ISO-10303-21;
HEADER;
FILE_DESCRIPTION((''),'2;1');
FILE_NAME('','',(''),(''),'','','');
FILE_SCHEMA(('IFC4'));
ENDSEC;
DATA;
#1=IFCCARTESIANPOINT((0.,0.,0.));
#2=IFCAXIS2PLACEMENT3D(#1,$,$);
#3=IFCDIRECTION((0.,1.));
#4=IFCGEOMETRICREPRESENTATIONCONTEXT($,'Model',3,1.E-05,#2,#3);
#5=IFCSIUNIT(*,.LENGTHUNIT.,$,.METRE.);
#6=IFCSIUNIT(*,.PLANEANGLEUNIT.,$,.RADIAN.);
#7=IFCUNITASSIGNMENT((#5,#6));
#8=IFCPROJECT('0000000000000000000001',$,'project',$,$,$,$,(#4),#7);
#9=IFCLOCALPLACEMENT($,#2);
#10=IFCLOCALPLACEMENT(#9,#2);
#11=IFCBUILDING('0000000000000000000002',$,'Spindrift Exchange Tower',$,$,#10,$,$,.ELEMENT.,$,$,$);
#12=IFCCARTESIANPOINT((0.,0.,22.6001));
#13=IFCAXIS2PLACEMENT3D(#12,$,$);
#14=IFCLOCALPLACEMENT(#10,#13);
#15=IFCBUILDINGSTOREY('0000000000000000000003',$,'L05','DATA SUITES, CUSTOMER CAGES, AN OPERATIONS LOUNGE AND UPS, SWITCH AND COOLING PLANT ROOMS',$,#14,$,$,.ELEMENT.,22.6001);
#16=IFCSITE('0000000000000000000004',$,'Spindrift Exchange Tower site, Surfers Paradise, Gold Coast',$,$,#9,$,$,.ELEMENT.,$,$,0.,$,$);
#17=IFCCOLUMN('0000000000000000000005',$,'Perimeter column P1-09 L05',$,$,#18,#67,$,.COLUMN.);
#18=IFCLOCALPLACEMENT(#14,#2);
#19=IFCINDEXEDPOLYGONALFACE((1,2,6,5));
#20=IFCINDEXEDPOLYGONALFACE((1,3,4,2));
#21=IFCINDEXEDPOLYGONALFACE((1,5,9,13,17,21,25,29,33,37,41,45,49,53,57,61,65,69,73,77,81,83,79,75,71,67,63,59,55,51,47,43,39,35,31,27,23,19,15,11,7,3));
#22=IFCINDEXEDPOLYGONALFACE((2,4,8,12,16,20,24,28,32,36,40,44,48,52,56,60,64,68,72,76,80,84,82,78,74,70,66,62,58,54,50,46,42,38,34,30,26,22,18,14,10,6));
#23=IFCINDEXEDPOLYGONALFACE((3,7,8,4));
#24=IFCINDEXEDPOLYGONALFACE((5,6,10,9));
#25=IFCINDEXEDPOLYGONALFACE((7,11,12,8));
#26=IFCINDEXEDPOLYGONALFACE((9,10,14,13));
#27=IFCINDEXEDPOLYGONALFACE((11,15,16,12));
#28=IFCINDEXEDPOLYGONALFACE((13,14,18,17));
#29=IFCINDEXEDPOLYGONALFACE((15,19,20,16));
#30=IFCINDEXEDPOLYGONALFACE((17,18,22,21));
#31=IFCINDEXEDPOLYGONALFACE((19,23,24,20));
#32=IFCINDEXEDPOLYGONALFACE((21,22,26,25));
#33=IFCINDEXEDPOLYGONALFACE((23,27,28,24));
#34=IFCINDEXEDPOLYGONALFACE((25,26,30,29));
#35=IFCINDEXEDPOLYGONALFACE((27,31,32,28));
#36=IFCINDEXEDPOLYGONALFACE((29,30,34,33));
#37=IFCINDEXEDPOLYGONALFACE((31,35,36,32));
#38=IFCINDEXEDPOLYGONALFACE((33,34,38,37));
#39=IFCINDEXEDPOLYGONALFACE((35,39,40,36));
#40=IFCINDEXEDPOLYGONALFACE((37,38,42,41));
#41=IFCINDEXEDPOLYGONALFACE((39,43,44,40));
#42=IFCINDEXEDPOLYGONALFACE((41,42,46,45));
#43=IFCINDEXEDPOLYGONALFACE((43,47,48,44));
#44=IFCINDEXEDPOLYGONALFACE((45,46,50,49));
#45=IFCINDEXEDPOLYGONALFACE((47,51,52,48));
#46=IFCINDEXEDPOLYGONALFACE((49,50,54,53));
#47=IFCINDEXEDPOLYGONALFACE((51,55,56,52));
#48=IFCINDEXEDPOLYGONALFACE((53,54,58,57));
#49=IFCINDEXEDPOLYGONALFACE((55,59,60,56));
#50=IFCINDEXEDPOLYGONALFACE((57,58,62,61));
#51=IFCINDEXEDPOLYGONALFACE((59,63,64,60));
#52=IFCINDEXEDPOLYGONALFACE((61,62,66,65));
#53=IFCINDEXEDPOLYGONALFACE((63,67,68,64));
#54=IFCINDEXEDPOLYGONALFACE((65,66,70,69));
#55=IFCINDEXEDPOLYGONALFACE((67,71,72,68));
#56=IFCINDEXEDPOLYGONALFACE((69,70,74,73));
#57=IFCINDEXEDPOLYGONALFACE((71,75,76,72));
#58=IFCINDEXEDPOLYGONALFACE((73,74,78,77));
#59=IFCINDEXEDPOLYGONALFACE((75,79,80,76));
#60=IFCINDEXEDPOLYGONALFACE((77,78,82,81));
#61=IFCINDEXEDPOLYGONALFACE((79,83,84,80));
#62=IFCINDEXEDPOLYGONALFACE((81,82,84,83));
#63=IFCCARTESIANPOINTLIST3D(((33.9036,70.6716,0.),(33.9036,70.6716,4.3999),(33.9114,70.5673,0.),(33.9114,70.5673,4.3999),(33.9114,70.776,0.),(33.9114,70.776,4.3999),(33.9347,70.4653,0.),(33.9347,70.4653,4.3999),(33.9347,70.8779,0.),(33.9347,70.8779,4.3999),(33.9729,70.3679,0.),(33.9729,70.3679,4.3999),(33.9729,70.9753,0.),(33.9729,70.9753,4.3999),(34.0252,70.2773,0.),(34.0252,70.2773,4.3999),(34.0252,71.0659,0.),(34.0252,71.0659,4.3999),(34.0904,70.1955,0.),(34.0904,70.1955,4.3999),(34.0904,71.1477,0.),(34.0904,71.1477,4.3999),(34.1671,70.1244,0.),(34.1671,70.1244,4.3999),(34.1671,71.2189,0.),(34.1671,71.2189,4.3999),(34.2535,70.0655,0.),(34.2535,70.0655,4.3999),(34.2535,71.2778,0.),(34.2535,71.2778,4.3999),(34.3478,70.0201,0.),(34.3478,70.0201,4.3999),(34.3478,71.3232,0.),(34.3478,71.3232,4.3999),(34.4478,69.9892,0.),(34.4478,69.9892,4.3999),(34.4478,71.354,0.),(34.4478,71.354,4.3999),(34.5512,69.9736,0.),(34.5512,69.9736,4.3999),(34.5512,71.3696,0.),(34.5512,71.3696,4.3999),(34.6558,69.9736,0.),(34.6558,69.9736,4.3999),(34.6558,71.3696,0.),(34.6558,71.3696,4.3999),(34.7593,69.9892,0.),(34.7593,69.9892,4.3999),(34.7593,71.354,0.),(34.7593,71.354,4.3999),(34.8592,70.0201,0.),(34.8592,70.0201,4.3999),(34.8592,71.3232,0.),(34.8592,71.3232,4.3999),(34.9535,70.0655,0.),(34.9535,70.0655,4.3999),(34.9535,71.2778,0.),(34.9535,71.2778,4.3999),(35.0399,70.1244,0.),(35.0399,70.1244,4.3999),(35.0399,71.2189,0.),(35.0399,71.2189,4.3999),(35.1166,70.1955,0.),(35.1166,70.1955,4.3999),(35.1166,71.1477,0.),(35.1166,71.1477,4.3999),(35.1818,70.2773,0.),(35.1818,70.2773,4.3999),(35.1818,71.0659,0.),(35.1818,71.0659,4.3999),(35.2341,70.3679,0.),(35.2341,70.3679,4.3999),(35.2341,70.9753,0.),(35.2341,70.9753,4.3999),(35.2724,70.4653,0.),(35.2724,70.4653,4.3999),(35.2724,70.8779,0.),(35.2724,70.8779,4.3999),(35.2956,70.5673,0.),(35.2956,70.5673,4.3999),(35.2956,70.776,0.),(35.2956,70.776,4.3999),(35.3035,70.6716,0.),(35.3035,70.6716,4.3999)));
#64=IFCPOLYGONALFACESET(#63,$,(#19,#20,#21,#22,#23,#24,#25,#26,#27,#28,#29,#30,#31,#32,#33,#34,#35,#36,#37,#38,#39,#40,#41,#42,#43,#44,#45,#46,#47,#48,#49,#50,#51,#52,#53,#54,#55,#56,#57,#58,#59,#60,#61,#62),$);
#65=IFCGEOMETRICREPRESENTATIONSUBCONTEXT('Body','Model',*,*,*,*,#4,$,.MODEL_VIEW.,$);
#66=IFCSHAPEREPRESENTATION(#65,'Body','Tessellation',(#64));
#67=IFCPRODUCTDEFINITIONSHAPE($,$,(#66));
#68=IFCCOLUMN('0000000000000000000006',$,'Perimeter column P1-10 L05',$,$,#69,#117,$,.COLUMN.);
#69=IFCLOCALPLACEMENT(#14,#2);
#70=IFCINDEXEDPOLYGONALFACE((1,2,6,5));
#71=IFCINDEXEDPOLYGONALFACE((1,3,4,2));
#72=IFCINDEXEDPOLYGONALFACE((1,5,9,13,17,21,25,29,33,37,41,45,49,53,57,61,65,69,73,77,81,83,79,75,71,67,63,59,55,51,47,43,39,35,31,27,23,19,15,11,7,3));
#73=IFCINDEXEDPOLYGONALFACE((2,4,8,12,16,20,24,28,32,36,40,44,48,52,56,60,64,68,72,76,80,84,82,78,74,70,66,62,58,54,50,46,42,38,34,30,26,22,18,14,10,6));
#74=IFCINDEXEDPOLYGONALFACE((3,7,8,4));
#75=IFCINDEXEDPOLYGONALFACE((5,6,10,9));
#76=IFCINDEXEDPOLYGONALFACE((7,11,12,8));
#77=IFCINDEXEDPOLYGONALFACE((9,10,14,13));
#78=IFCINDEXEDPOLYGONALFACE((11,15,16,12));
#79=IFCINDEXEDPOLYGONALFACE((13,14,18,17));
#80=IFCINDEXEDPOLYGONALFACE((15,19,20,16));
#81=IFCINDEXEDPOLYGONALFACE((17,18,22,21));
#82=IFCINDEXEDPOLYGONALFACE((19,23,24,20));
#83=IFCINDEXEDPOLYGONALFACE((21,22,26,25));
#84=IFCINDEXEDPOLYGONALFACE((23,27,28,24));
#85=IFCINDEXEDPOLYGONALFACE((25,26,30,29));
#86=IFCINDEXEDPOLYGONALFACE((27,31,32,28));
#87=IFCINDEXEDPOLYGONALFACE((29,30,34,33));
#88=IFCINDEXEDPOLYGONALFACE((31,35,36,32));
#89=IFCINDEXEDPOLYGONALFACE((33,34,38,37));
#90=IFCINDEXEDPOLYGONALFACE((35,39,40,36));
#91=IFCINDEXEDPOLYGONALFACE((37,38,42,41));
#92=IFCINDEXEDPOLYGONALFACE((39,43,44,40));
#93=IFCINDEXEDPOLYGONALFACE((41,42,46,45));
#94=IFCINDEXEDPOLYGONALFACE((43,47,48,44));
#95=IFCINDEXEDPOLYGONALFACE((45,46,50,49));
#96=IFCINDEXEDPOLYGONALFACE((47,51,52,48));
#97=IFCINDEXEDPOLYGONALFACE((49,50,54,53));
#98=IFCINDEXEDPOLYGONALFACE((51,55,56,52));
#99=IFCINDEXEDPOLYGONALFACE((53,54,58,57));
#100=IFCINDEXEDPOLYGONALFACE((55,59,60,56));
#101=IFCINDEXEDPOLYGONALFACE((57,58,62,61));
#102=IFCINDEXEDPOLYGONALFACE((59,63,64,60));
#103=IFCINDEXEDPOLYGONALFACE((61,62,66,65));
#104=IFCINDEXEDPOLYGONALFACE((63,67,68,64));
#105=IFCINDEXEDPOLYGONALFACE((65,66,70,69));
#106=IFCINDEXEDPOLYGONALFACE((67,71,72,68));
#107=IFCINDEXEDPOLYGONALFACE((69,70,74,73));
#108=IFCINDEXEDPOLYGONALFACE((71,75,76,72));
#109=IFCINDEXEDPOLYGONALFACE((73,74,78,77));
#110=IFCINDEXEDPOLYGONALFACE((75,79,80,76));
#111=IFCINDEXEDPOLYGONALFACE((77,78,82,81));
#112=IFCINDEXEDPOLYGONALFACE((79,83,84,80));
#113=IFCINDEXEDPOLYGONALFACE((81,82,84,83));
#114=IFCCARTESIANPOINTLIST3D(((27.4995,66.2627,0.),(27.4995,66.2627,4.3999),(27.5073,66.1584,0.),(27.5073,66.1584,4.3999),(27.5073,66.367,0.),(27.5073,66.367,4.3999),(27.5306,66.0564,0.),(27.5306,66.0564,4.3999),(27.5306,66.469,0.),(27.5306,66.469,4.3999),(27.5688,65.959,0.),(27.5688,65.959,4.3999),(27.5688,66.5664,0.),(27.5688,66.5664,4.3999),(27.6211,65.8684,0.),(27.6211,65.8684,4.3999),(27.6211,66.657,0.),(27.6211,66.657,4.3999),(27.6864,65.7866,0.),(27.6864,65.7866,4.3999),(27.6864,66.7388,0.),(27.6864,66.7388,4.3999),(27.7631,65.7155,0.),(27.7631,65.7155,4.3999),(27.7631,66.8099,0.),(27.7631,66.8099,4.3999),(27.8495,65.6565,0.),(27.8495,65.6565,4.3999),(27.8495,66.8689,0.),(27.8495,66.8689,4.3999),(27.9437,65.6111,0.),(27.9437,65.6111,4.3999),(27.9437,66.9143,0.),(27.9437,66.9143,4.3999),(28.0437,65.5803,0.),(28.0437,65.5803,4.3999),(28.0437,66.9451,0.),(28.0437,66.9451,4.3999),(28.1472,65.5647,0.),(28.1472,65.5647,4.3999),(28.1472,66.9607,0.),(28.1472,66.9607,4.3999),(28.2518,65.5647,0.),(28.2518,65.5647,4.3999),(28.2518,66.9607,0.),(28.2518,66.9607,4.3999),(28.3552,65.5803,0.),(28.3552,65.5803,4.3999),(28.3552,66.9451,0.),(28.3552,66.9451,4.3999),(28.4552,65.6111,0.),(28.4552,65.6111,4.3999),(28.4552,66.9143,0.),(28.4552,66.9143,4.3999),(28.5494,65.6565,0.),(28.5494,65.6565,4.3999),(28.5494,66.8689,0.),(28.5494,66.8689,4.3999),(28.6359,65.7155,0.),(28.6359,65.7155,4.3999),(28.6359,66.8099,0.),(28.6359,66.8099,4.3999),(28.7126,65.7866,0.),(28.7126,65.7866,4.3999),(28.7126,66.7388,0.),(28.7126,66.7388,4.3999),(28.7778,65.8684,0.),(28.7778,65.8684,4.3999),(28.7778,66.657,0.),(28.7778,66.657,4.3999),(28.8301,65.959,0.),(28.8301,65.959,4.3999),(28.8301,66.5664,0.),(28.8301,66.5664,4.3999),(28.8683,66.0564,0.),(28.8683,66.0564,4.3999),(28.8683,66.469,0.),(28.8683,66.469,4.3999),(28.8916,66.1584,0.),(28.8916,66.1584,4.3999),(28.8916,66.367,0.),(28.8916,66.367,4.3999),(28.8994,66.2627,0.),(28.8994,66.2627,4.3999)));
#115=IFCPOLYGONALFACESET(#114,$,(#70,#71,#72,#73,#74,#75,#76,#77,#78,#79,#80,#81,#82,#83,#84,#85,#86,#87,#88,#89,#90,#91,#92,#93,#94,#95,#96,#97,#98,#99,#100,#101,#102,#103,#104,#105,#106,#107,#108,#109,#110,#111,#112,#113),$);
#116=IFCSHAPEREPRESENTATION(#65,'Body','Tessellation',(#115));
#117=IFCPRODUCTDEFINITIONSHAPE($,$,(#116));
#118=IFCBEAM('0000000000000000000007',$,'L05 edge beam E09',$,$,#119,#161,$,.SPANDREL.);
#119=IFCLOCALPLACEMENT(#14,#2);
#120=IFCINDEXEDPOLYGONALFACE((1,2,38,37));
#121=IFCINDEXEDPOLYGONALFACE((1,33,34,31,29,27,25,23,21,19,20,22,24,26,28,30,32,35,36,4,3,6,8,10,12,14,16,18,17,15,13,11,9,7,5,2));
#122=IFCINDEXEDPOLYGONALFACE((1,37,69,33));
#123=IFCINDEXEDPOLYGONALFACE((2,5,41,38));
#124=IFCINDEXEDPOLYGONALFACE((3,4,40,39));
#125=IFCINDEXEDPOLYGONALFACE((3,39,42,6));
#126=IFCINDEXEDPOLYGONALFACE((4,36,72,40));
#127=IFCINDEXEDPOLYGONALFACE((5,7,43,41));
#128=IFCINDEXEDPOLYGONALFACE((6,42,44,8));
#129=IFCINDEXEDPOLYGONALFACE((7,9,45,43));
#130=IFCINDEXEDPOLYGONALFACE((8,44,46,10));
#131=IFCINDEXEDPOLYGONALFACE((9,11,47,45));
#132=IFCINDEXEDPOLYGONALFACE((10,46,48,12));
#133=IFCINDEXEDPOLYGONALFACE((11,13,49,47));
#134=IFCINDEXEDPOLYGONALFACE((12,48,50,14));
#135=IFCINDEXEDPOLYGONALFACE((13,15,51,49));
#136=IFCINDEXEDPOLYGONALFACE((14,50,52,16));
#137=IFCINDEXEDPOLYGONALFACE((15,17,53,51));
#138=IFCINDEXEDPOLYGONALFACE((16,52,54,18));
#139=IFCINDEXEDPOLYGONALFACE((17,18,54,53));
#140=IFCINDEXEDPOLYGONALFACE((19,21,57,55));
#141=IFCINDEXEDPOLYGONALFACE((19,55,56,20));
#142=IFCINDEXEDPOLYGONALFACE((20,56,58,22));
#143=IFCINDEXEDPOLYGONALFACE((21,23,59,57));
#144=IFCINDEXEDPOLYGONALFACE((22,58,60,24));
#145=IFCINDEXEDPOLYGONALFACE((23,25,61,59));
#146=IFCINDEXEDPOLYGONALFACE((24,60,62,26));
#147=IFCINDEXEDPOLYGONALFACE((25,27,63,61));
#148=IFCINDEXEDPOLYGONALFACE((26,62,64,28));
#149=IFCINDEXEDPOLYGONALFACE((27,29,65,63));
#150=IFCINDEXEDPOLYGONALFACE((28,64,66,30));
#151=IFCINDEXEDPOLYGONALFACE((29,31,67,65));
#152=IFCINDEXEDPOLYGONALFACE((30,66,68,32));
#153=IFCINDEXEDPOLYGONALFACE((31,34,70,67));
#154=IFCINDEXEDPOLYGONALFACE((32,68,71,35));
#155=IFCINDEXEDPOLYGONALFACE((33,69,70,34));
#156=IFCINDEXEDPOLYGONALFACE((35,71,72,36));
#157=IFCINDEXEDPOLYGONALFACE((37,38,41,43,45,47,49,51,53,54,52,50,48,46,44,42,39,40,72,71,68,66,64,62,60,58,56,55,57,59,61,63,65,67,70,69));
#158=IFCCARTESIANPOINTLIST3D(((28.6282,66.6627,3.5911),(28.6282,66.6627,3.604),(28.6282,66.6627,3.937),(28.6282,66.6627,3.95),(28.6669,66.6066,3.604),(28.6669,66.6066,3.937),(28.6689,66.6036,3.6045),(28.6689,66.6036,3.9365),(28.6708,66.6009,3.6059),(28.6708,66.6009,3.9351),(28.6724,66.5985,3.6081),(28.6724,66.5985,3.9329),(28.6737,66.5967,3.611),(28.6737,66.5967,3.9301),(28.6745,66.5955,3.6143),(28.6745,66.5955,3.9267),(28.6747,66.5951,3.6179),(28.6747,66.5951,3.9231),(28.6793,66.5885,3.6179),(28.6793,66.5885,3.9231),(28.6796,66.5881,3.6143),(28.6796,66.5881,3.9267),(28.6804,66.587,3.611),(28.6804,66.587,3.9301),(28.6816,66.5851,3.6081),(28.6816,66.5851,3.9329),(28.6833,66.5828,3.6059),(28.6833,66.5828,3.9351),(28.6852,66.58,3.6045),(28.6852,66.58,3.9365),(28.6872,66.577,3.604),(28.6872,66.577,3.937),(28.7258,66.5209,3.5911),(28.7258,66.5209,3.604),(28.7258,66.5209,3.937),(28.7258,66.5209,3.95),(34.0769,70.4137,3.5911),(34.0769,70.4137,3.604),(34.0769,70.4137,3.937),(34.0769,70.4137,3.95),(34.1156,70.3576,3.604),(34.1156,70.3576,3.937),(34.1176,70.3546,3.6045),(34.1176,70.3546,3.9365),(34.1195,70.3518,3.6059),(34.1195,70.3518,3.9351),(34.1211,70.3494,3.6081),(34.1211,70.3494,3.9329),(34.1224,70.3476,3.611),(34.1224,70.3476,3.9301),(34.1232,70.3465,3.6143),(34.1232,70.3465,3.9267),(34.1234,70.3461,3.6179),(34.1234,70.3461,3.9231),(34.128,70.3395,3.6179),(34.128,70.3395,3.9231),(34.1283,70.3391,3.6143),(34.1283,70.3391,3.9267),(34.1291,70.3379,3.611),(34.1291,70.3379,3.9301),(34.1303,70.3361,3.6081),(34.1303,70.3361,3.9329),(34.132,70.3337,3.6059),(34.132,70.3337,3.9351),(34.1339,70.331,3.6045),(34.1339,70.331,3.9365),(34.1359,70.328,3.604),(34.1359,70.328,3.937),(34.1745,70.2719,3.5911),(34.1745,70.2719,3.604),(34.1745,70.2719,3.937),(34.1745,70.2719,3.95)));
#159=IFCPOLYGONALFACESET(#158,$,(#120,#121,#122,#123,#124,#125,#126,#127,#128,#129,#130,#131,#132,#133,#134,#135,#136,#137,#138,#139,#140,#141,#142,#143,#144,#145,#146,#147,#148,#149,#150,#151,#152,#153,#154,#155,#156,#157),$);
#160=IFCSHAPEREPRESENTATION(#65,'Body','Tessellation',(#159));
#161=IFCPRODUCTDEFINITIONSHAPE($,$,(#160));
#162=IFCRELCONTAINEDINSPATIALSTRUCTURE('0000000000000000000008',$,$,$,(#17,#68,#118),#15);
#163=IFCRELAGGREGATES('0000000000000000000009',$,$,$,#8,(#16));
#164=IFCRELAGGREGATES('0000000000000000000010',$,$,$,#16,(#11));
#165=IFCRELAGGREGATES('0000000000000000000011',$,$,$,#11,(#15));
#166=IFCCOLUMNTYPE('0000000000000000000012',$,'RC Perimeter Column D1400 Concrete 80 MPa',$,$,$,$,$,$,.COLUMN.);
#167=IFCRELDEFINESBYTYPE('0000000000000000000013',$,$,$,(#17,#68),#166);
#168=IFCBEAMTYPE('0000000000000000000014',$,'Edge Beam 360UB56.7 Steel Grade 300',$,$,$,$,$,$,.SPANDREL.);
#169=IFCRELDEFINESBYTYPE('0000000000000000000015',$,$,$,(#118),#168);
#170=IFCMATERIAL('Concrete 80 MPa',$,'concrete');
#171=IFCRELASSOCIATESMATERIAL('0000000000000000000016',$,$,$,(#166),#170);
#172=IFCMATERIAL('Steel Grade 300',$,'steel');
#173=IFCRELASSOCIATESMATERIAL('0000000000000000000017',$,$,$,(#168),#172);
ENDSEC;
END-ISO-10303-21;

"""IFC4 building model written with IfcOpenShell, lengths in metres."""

from ifc_helpers import new_model, si_unit, direction, frame, origin, origin_2d, place, context, subcontext, project, spatial, circle, i_section, extrude, source, transform, mapped, material, material_profile, profile_set, type_object, element, save


model = new_model("IFC4")

# Units and contexts
model_context = context("Model", 3, precision=1e-05, world=origin(), true_north=direction((0.0, 1.0)))
body_context = subcontext(model_context, "Body", "Model", "MODEL_VIEW")
ifc_project = project(units=[si_unit("LENGTHUNIT", "METRE"), si_unit("PLANEANGLEUNIT", "RADIAN")], contexts=[model_context])

# Site, building, storey
site_placement = place(None, origin())
site = spatial("IfcSite", under=ifc_project, at=site_placement, Name="Spindrift Exchange Tower site, Surfers Paradise, Gold Coast", CompositionType="ELEMENT", RefElevation=0.0)
building_placement = place(site_placement, origin())
building = spatial("IfcBuilding", under=site, at=building_placement, Name="Spindrift Exchange Tower", CompositionType="ELEMENT")
storey_placement = place(building_placement, frame((0.0, 0.0, 22.6001)))
storey = spatial("IfcBuildingStorey", under=building, at=storey_placement, Name="L05", Description="DATA SUITES, CUSTOMER CAGES, AN OPERATIONS LOUNGE AND UPS, SWITCH AND COOLING PLANT ROOMS", CompositionType="ELEMENT", Elevation=22.6001)

# Columns
ifc_material_1 = material(Name="Concrete 80 MPa", Category="concrete")
ifc_material_profile_1 = material_profile(ifc_material_1, circle(Radius=0.7, at=origin_2d()), Name="RC D1400")
ifc_profile_set_1 = profile_set([ifc_material_profile_1], Name="Concrete 80 MPa")
column_type = type_object("IfcColumnType", Name="RC Perimeter Column D1400 Concrete 80 MPa", PredefinedType="COLUMN", material=ifc_profile_set_1)
shared_shape_1 = source(origin(), body_context, "Body", "SweptSolid", [
    extrude(circle(Radius=0.7, at=origin_2d()), origin(), (0.0, 0.0, 1.0), 4.3999),
])
for number, where, z_axis, x_axis, name in (
    (1, (34.6035, 70.6716, 0.0), (0.0, 0.0, 1.0), (1.0, 0.0, 0.0), "Perimeter column P1-09 L05"),
    (2, (28.1995, 66.2627, 0.0), (0.0, 0.0, 1.0), (1.0, 0.0, 0.0), "Perimeter column P1-10 L05"),
):
    element("IfcColumn", number, at=place(storey_placement, frame(where, z_axis=z_axis, x_axis=x_axis)), inside=storey, type_object=column_type, Name=name, PredefinedType="COLUMN", context=body_context, shape_type="MappedRepresentation", body=[
        mapped(shared_shape_1, transform((0.0, 0.0, 0.0), scale=1.0)),
    ])

# Beam
ifc_material_2 = material(Name="Steel Grade 300", Category="steel")
ifc_material_profile_2 = material_profile(ifc_material_2, i_section(OverallWidth=0.1721, OverallDepth=0.3589, WebThickness=0.0081, FlangeThickness=0.0129, FilletRadius=0.0139, at=origin_2d()), Name="360UB56.7")
ifc_profile_set_2 = profile_set([ifc_material_profile_2], Name="Steel Grade 300")
beam_type_1 = type_object("IfcBeamType", Name="Edge Beam 360UB56.7 Steel Grade 300", PredefinedType="SPANDREL", material=ifc_profile_set_2)
shared_shape_2 = source(origin(), body_context, "Body", "SweptSolid", [
    extrude(i_section(OverallWidth=0.1721, OverallDepth=0.3589, WebThickness=0.0081, FlangeThickness=0.0129, FilletRadius=0.0139, at=origin_2d()), origin(), (0.0, 0.0, 1.0), 6.615),
])
beam_1_placement = place(storey_placement, frame((34.1257, 70.3428, 3.7705), z_axis=(-0.823691, -0.567039, 0.0), x_axis=(0.567039, -0.823691, 0.0)))
element("IfcBeam", 3, at=beam_1_placement, inside=storey, type_object=beam_type_1, Name="L05 edge beam E09", PredefinedType="SPANDREL", context=body_context, shape_type="MappedRepresentation", body=[
    mapped(shared_shape_2, transform((0.0, 0.0, 0.0), scale=1.0)),
])

save(model, "model.ifc")
